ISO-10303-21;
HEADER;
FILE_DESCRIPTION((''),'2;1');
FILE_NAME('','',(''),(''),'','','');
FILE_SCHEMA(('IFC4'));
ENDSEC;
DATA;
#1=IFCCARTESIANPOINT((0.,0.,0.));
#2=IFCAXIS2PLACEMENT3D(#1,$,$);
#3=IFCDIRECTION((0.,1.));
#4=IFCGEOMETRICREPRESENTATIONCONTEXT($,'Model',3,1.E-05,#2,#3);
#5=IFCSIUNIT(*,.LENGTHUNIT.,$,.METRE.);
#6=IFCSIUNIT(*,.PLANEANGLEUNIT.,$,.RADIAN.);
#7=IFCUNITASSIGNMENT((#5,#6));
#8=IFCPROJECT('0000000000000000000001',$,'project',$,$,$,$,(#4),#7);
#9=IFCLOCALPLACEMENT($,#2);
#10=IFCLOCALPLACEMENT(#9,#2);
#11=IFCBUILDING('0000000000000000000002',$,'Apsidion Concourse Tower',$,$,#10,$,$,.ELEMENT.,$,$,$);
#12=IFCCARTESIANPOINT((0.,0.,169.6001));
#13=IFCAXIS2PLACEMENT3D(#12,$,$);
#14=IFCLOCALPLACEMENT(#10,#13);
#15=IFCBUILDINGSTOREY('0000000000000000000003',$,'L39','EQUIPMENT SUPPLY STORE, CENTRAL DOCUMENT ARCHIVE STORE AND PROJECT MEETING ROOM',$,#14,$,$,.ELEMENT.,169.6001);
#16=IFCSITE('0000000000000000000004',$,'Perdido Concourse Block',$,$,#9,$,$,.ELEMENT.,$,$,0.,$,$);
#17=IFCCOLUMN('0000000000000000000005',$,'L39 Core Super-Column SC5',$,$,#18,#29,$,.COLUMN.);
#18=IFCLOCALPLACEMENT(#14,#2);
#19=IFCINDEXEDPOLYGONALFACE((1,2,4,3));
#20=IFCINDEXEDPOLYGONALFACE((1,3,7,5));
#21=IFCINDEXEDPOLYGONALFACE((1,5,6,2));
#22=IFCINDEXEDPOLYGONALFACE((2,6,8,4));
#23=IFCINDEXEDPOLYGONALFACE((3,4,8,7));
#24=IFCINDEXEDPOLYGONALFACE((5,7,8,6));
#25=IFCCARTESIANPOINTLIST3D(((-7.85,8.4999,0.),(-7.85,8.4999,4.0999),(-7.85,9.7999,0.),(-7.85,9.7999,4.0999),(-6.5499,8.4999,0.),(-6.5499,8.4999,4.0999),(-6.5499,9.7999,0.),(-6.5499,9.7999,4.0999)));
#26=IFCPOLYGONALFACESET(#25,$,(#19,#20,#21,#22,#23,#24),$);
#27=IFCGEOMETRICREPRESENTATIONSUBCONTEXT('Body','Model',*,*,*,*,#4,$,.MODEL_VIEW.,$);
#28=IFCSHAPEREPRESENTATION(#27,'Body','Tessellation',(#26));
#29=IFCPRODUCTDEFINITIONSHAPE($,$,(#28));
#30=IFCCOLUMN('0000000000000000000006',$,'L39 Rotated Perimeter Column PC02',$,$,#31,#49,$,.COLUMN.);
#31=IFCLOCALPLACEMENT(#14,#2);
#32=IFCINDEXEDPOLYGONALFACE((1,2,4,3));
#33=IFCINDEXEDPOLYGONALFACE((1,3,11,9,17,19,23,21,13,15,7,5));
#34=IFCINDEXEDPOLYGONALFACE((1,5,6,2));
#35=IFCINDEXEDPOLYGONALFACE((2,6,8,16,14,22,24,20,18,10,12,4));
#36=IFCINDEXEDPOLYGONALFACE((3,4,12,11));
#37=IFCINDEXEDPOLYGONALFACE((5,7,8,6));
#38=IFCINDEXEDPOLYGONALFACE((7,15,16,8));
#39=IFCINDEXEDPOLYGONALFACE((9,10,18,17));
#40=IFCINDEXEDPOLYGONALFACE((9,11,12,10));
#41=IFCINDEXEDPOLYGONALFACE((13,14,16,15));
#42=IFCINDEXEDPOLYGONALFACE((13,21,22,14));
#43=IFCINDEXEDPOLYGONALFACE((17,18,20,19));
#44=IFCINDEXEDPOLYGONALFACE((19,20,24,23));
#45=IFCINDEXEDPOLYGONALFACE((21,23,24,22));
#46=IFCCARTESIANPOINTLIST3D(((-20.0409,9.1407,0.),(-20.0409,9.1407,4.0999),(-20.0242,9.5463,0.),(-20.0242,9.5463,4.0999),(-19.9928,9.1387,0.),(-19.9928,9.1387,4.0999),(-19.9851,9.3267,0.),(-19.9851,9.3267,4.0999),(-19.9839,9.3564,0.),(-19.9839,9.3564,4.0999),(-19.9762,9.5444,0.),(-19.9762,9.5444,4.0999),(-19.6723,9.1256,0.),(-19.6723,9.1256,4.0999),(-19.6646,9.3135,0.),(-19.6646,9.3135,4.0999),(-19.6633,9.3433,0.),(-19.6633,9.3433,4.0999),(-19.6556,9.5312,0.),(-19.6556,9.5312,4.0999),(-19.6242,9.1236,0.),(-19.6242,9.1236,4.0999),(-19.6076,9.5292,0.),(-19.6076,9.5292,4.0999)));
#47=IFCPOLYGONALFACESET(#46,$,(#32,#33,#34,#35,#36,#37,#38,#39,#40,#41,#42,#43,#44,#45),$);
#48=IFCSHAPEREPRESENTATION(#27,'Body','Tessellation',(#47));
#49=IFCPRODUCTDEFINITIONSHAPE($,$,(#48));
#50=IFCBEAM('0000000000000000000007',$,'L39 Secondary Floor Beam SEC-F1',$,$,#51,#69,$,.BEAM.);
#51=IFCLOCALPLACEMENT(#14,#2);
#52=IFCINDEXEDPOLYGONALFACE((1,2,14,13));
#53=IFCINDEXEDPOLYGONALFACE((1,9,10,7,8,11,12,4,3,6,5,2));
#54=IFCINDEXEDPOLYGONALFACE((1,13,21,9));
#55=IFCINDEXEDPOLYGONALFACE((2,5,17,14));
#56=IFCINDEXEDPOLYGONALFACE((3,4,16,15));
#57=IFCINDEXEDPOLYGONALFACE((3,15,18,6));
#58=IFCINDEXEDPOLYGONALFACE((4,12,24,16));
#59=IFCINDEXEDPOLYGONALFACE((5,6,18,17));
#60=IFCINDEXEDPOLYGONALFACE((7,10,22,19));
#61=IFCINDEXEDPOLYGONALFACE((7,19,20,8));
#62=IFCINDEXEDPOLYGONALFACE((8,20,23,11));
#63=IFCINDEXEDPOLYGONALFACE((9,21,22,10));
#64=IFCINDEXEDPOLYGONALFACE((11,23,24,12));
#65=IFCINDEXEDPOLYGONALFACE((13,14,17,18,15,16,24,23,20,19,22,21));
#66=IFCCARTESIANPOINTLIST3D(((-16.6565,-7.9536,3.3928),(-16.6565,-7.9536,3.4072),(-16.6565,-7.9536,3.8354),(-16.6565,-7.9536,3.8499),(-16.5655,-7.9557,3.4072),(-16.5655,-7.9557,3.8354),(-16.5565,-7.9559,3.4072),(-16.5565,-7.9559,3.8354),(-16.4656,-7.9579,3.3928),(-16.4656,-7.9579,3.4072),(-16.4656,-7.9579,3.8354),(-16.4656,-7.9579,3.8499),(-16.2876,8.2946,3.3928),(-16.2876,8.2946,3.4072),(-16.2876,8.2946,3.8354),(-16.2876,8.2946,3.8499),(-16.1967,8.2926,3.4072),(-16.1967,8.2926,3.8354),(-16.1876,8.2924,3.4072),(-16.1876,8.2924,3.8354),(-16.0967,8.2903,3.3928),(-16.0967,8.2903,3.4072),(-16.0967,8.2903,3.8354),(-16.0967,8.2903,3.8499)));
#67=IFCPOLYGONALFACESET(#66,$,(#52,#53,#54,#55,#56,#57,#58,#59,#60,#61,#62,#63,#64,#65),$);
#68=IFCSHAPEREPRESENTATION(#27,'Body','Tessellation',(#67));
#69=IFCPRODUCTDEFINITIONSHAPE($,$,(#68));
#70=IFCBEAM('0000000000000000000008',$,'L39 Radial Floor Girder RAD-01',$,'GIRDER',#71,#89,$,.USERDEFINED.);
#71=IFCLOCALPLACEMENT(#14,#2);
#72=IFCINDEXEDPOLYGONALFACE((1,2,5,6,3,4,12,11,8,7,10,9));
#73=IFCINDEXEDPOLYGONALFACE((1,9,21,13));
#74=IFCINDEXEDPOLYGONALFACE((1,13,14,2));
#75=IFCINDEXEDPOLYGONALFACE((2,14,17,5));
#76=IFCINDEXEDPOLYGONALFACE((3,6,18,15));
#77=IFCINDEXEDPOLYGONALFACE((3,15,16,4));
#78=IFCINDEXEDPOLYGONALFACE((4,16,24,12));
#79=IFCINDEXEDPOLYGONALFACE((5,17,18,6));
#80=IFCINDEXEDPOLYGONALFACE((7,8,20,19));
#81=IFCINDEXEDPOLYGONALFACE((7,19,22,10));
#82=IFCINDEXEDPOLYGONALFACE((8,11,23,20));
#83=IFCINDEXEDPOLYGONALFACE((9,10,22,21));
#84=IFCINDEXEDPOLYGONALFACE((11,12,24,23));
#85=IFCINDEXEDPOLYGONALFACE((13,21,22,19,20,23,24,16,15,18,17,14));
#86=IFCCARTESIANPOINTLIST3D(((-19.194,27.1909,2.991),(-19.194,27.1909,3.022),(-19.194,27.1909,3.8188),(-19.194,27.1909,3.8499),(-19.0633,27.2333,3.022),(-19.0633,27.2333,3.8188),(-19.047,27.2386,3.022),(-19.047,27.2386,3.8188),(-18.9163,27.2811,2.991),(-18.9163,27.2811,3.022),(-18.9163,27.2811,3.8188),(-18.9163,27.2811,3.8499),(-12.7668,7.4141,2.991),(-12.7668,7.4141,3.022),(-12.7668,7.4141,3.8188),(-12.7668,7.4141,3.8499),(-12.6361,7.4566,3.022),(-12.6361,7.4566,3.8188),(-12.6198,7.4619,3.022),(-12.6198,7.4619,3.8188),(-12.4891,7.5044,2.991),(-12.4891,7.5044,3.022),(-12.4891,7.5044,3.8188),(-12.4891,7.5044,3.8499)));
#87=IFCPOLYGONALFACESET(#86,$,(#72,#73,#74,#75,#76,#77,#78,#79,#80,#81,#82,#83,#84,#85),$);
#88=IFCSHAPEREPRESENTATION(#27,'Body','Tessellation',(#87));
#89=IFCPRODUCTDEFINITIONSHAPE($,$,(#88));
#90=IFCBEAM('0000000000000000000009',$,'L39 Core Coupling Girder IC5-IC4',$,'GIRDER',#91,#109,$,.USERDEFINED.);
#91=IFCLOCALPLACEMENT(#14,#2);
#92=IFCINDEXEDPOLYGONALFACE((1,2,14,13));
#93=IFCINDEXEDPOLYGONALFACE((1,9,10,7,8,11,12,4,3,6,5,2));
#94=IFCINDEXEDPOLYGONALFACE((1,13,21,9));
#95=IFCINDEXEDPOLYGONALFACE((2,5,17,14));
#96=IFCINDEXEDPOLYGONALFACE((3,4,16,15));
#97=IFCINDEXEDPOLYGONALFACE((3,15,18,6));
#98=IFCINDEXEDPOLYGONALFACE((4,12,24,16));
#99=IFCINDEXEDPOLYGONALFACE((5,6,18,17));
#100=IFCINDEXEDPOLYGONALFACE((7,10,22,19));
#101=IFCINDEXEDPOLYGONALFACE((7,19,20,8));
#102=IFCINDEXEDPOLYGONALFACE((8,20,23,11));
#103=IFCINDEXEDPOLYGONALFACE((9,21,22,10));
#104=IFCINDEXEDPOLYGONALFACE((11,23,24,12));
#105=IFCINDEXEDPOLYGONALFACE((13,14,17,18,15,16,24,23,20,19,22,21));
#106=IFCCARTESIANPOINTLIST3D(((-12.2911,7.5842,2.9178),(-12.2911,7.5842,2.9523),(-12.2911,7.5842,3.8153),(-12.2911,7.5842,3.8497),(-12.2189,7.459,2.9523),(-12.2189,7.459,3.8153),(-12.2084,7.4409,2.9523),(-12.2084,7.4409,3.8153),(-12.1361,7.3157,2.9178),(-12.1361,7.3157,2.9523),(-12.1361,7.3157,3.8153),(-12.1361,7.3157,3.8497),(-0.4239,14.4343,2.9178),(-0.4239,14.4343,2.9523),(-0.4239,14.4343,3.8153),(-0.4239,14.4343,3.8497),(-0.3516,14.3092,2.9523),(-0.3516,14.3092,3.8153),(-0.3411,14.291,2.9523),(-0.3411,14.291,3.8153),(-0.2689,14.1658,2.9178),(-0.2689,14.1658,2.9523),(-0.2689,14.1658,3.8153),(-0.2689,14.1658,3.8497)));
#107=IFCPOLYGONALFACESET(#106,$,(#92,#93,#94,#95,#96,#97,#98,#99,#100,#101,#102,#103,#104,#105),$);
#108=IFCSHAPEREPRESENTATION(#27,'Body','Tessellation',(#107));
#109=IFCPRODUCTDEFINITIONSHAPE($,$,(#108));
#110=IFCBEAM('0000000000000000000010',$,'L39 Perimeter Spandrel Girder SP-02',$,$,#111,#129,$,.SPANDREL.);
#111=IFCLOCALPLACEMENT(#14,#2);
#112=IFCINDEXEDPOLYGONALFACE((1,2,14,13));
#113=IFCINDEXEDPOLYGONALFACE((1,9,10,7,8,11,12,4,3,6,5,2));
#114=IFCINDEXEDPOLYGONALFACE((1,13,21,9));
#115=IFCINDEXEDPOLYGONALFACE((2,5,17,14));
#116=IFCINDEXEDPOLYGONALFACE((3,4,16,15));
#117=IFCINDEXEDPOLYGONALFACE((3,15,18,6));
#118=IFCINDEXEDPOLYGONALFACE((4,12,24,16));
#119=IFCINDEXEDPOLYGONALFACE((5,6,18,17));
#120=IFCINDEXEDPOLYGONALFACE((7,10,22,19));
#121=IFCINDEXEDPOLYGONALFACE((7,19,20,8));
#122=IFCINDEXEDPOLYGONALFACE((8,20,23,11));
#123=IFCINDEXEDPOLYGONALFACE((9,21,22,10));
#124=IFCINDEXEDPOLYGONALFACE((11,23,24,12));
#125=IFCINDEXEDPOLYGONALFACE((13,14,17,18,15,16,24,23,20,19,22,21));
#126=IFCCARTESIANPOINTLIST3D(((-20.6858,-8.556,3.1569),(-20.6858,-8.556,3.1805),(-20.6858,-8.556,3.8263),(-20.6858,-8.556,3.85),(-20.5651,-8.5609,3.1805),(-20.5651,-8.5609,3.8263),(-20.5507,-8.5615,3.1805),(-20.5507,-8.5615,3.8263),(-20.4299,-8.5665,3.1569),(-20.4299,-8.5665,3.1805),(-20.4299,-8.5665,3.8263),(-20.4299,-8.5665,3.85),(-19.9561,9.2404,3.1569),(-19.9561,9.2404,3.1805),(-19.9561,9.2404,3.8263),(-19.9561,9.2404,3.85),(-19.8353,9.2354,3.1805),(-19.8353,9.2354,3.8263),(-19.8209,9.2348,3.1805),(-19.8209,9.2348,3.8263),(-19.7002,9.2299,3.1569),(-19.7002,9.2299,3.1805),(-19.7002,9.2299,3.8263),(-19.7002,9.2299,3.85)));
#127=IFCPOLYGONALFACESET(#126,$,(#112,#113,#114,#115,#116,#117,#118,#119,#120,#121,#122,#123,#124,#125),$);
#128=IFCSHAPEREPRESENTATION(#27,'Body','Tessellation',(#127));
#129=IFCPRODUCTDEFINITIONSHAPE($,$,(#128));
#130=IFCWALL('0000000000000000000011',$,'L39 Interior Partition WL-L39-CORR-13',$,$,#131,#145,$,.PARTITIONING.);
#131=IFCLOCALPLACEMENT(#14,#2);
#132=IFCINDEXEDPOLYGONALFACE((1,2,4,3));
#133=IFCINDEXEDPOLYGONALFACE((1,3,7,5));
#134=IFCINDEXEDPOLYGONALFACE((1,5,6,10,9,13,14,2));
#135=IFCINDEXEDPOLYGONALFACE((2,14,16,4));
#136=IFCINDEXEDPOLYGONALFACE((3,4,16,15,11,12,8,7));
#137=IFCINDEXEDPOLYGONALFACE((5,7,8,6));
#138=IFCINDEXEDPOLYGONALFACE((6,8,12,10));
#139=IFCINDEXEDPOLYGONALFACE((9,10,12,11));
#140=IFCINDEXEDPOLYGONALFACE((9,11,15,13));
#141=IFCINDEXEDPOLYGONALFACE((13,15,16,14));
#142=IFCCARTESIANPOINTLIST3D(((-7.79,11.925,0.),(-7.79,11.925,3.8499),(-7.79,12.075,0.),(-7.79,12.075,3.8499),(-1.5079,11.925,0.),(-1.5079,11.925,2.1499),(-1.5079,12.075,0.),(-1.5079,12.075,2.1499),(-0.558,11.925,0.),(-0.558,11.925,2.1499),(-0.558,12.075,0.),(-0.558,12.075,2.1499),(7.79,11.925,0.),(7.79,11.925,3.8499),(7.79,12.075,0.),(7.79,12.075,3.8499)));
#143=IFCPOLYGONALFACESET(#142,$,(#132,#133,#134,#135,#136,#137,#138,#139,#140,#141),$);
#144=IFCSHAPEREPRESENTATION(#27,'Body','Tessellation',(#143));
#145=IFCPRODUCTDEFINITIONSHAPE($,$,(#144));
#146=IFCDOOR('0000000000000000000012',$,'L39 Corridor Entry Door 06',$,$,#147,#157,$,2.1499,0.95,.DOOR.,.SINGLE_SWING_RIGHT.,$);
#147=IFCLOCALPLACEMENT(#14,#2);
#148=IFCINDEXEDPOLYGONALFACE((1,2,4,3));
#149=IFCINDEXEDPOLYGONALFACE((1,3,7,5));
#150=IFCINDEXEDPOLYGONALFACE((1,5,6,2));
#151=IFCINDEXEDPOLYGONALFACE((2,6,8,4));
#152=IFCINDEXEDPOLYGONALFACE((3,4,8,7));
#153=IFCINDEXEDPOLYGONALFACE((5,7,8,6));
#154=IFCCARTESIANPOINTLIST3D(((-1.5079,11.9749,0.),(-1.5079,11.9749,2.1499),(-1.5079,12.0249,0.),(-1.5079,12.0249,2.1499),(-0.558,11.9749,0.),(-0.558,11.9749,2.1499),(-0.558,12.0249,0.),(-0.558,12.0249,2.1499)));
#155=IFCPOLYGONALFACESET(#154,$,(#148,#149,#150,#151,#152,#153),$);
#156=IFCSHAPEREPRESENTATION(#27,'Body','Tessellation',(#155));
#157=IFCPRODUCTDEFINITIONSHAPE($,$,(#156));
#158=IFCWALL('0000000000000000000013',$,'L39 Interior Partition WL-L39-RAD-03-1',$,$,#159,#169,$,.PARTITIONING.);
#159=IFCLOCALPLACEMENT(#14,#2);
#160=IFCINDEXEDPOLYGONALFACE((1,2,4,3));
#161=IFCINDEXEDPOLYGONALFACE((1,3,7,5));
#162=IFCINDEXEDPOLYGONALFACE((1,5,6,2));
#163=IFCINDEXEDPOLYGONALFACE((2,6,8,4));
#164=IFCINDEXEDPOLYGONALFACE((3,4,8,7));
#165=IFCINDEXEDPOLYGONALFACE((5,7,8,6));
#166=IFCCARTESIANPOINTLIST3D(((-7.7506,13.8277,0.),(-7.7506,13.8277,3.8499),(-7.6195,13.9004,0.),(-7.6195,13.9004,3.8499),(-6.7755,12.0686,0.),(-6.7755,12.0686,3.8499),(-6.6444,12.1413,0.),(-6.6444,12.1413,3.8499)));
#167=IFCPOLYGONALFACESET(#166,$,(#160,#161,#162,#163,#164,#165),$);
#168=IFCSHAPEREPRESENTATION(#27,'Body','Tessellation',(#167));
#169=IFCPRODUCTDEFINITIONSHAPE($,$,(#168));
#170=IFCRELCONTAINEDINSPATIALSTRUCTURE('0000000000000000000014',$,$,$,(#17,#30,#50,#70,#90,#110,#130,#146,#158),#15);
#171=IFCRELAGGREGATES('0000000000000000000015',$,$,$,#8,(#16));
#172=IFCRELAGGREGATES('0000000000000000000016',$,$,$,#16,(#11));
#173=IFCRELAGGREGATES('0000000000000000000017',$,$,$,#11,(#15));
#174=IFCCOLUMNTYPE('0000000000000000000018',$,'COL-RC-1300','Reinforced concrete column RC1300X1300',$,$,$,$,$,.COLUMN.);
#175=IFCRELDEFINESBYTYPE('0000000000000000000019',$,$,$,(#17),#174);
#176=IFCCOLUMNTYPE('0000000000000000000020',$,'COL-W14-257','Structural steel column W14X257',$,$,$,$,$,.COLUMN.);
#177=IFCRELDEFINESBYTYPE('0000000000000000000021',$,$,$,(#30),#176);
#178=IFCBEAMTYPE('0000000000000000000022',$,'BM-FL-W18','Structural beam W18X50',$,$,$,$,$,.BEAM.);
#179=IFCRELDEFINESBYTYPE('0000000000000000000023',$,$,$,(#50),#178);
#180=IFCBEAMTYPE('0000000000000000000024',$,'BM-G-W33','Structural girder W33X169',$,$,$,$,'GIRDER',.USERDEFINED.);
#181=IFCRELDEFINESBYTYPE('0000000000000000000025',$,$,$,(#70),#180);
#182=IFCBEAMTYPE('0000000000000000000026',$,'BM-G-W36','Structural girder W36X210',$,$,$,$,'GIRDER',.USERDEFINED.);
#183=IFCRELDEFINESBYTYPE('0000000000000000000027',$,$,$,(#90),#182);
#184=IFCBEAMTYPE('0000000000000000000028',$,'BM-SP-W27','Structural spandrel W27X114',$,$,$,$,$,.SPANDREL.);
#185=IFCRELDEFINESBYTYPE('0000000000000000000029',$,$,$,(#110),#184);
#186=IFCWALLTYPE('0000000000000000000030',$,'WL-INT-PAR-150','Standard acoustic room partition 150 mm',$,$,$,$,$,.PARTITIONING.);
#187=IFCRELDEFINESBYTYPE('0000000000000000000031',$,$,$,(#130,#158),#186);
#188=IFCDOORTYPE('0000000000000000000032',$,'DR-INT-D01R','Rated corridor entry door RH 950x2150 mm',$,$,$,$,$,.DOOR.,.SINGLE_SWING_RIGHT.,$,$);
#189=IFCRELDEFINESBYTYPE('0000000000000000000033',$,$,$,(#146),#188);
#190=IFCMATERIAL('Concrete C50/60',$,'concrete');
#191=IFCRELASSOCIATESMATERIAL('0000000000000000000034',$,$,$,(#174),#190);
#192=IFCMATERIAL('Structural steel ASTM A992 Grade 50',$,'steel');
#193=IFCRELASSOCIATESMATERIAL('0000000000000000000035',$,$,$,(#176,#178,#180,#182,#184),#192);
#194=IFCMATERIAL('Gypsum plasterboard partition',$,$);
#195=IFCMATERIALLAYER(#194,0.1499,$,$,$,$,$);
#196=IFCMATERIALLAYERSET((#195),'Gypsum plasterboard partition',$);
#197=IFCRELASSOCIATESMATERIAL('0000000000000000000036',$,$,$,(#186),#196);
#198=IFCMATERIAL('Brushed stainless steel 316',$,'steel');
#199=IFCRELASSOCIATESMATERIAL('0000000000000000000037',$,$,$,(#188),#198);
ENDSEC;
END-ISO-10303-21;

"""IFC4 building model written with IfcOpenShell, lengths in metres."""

from ifc_helpers import new_model, si_unit, direction, frame, frame_2d, origin, origin_2d, place, context, subcontext, project, spatial, rectangle, i_section, extrude, material, layer, layer_set, material_profile, profile_set, type_object, element, fill, save


model = new_model("IFC4")

# Units and contexts
model_context = context("Model", 3, precision=1e-05, world=origin(), true_north=direction((0.0, 1.0)))
body_context = subcontext(model_context, "Body", "Model", "MODEL_VIEW")
ifc_project = project(units=[si_unit("LENGTHUNIT", "METRE"), si_unit("PLANEANGLEUNIT", "RADIAN")], contexts=[model_context])

# Site, building, storey
site_placement = place(None, origin())
site = spatial("IfcSite", under=ifc_project, at=site_placement, Name="Perdido Concourse Block", CompositionType="ELEMENT", RefElevation=0.0)
building_placement = place(site_placement, origin())
building = spatial("IfcBuilding", under=site, at=building_placement, Name="Apsidion Concourse Tower", CompositionType="ELEMENT")
storey_placement = place(building_placement, frame((0.0, 0.0, 169.6001)))
storey = spatial("IfcBuildingStorey", under=building, at=storey_placement, Name="L39", Description="EQUIPMENT SUPPLY STORE, CENTRAL DOCUMENT ARCHIVE STORE AND PROJECT MEETING ROOM", CompositionType="ELEMENT", Elevation=169.6001)

# Columns
ifc_material_1 = material(Name="Concrete C50/60", Category="concrete")
ifc_material_profile_1 = material_profile(ifc_material_1, rectangle(XDim=1.3, YDim=1.3, at=origin_2d()), Name="RC 1300x1300")
ifc_profile_set_1 = profile_set([ifc_material_profile_1], Name="Concrete C50/60")
column_type_1 = type_object("IfcColumnType", Name="COL-RC-1300", Description="Reinforced concrete column RC1300X1300", PredefinedType="COLUMN", material=ifc_profile_set_1)
column_1_placement = place(storey_placement, frame((-7.2, 9.1499, 0.0), z_axis=(0.0, 0.0, 1.0), x_axis=(1.0, 0.0, 0.0)))
element("IfcColumn", 1, at=column_1_placement, inside=storey, type_object=column_type_1, Name="L39 Core Super-Column SC5", PredefinedType="COLUMN", context=body_context, shape_type="SweptSolid", body=[
    extrude(rectangle(XDim=1.3, YDim=1.3, at=origin_2d()), origin(), (0.0, 0.0, 1.0), 4.0999),
])
ifc_material_2 = material(Name="Structural steel ASTM A992 Grade 50", Category="steel")
ifc_material_profile_2 = material_profile(ifc_material_2, i_section(OverallWidth=0.406, OverallDepth=0.417, WebThickness=0.0298, FlangeThickness=0.0481, at=origin_2d()), Name="W14X257")
ifc_profile_set_2 = profile_set([ifc_material_profile_2], Name="Structural steel ASTM A992 Grade 50")
column_type_2 = type_object("IfcColumnType", Name="COL-W14-257", Description="Structural steel column W14X257", PredefinedType="COLUMN", material=ifc_profile_set_2)
column_2_placement = place(storey_placement, frame((-19.8242, 9.335, 0.0), z_axis=(0.0, 0.0, 1.0), x_axis=(0.041004, 0.999159, 0.0)))
element("IfcColumn", 2, at=column_2_placement, inside=storey, type_object=column_type_2, Name="L39 Rotated Perimeter Column PC02", PredefinedType="COLUMN", context=body_context, shape_type="SweptSolid", body=[
    extrude(i_section(OverallWidth=0.406, OverallDepth=0.417, WebThickness=0.0298, FlangeThickness=0.0481, at=origin_2d()), origin(), (0.0, 0.0, 1.0), 4.0999),
])

# Beams
ifc_material_profile_3 = material_profile(ifc_material_2, i_section(OverallWidth=0.1909, OverallDepth=0.457, WebThickness=0.009, FlangeThickness=0.0144, at=origin_2d()), Name="W18X50")
ifc_profile_set_3 = profile_set([ifc_material_profile_3], Name="Structural steel ASTM A992 Grade 50")
beam_type_1 = type_object("IfcBeamType", Name="BM-FL-W18", Description="Structural beam W18X50", PredefinedType="BEAM", material=ifc_profile_set_3)
beam_1_placement = place(storey_placement, frame((-16.1921, 8.2925, 3.6213), z_axis=(-0.022698, -0.999742, 0.0), x_axis=(0.999742, -0.022698, 0.0)))
element("IfcBeam", 3, at=beam_1_placement, inside=storey, type_object=beam_type_1, Name="L39 Secondary Floor Beam SEC-F1", PredefinedType="BEAM", context=body_context, shape_type="SweptSolid", body=[
    extrude(i_section(OverallWidth=0.1909, OverallDepth=0.457, WebThickness=0.009, FlangeThickness=0.0144, at=origin_2d()), origin(), (0.0, 0.0, 1.0), 16.2524),
])
ifc_material_profile_4 = material_profile(ifc_material_2, i_section(OverallWidth=0.292, OverallDepth=0.8589, WebThickness=0.0171, FlangeThickness=0.031, at=origin_2d()), Name="W33X169")
ifc_profile_set_4 = profile_set([ifc_material_profile_4], Name="Structural steel ASTM A992 Grade 50")
beam_type_2 = type_object("IfcBeamType", Name="BM-G-W33", Description="Structural girder W33X169", ElementType="GIRDER", PredefinedType="USERDEFINED", material=ifc_profile_set_4)
beam_2_placement = place(storey_placement, frame((-12.6279, 7.4592, 3.4204), z_axis=(-0.309076, 0.951037, 0.0), x_axis=(-0.951037, -0.309076, 0.0)))
element("IfcBeam", 4, at=beam_2_placement, inside=storey, type_object=beam_type_2, Name="L39 Radial Floor Girder RAD-01", ObjectType="GIRDER", PredefinedType="USERDEFINED", context=body_context, shape_type="SweptSolid", body=[
    extrude(i_section(OverallWidth=0.292, OverallDepth=0.8589, WebThickness=0.0171, FlangeThickness=0.031, at=origin_2d()), origin(), (0.0, 0.0, 1.0), 20.7949),
])
ifc_material_profile_5 = material_profile(ifc_material_2, i_section(OverallWidth=0.3101, OverallDepth=0.9319, WebThickness=0.021, FlangeThickness=0.0344, at=origin_2d()), Name="W36X210")
ifc_profile_set_5 = profile_set([ifc_material_profile_5], Name="Structural steel ASTM A992 Grade 50")
beam_type_3 = type_object("IfcBeamType", Name="BM-G-W36", Description="Structural girder W36X210", ElementType="GIRDER", PredefinedType="USERDEFINED", material=ifc_profile_set_5)
beam_3_placement = place(storey_placement, frame((-12.2136, 7.45, 3.3838), z_axis=(0.86607, 0.499922, 0.0), x_axis=(-0.499922, 0.86607, 0.0)))
element("IfcBeam", 5, at=beam_3_placement, inside=storey, type_object=beam_type_3, Name="L39 Core Coupling Girder IC5-IC4", ObjectType="GIRDER", PredefinedType="USERDEFINED", context=body_context, shape_type="SweptSolid", body=[
    extrude(i_section(OverallWidth=0.3101, OverallDepth=0.9319, WebThickness=0.021, FlangeThickness=0.0344, at=origin_2d()), origin(), (0.0, 0.0, 1.0), 13.7024),
])
ifc_material_profile_6 = material_profile(ifc_material_2, i_section(OverallWidth=0.2561, OverallDepth=0.6931, WebThickness=0.0144, FlangeThickness=0.0237, at=origin_2d()), Name="W27X114")
ifc_profile_set_6 = profile_set([ifc_material_profile_6], Name="Structural steel ASTM A992 Grade 50")
beam_type_4 = type_object("IfcBeamType", Name="BM-SP-W27", Description="Structural spandrel W27X114", PredefinedType="SPANDREL", material=ifc_profile_set_6)
beam_4_placement = place(storey_placement, frame((-19.8281, 9.2351, 3.5034), z_axis=(-0.04097, -0.99916, 0.0), x_axis=(0.99916, -0.04097, 0.0)))
element("IfcBeam", 6, at=beam_4_placement, inside=storey, type_object=beam_type_4, Name="L39 Perimeter Spandrel Girder SP-02", PredefinedType="SPANDREL", context=body_context, shape_type="SweptSolid", body=[
    extrude(i_section(OverallWidth=0.2561, OverallDepth=0.6931, WebThickness=0.0144, FlangeThickness=0.0237, at=origin_2d()), origin(), (0.0, 0.0, 1.0), 17.8113),
])

# Wall, opening, door
ifc_material_3 = material(Name="Gypsum plasterboard partition")
ifc_layer_1 = layer(ifc_material_3, 0.1499)
ifc_layer_set_1 = layer_set([ifc_layer_1], Name="Gypsum plasterboard partition")
wall_type_1 = type_object("IfcWallType", Name="WL-INT-PAR-150", Description="Standard acoustic room partition 150 mm", PredefinedType="PARTITIONING", material=ifc_layer_set_1)
wall_1_placement = place(storey_placement, frame((-7.79, 12.0, 0.0), z_axis=(0.0, 0.0, 1.0), x_axis=(1.0, 0.0, 0.0)))
wall_1 = element("IfcWall", 7, at=wall_1_placement, inside=storey, type_object=wall_type_1, Name="L39 Interior Partition WL-L39-CORR-13", PredefinedType="PARTITIONING", context=body_context, shape_type="SweptSolid", body=[
    extrude(rectangle(XDim=15.5801, YDim=0.1499, at=frame_2d((7.79, 0.0))), origin(), (0.0, 0.0, 1.0), 3.8499),
])
opening_1_placement = place(wall_1_placement, frame((6.282, 0.0, 0.0)))
opening_1 = element("IfcOpeningElement", 8, at=opening_1_placement, cuts=wall_1, PredefinedType="OPENING", context=body_context, shape_type="SweptSolid", body=[
    extrude(rectangle(XDim=0.95, YDim=2.1499, at=frame_2d((0.4751, 1.075))), frame((0.0, 0.085, 0.0), z_axis=(0.0, -1.0, 0.0), x_axis=(1.0, 0.0, 0.0)), (0.0, 0.0, 1.0), 0.1699),
])
ifc_material_4 = material(Name="Brushed stainless steel 316", Category="steel")
door_type_1 = type_object("IfcDoorType", Name="DR-INT-D01R", Description="Rated corridor entry door RH 950x2150 mm", OperationType="SINGLE_SWING_RIGHT", PredefinedType="DOOR", material=ifc_material_4)
door_1_placement = place(opening_1_placement, origin())
door_1 = element("IfcDoor", 9, at=door_1_placement, inside=storey, type_object=door_type_1, Name="L39 Corridor Entry Door 06", OperationType="SINGLE_SWING_RIGHT", OverallHeight=2.1499, OverallWidth=0.95, PredefinedType="DOOR", context=body_context, shape_type="SweptSolid", body=[
    extrude(rectangle(XDim=0.95, YDim=2.1499, at=frame_2d((0.4751, 1.075))), frame((0.0, 0.0249, 0.0), z_axis=(0.0, -1.0, 0.0), x_axis=(1.0, 0.0, 0.0)), (0.0, 0.0, 1.0), 0.05),
])
fill(opening_1, door_1)

# Wall
wall_2_placement = place(storey_placement, frame((-6.71, 12.105, 0.0), z_axis=(0.0, 0.0, 1.0), x_axis=(-0.484828, 0.874609, 0.0)))
element("IfcWall", 10, at=wall_2_placement, inside=storey, type_object=wall_type_1, Name="L39 Interior Partition WL-L39-RAD-03-1", PredefinedType="PARTITIONING", context=body_context, shape_type="SweptSolid", body=[
    extrude(rectangle(XDim=2.0112, YDim=0.1499, at=frame_2d((1.0056, 0.0))), origin(), (0.0, 0.0, 1.0), 3.8499),
])

save(model, "model.ifc")
